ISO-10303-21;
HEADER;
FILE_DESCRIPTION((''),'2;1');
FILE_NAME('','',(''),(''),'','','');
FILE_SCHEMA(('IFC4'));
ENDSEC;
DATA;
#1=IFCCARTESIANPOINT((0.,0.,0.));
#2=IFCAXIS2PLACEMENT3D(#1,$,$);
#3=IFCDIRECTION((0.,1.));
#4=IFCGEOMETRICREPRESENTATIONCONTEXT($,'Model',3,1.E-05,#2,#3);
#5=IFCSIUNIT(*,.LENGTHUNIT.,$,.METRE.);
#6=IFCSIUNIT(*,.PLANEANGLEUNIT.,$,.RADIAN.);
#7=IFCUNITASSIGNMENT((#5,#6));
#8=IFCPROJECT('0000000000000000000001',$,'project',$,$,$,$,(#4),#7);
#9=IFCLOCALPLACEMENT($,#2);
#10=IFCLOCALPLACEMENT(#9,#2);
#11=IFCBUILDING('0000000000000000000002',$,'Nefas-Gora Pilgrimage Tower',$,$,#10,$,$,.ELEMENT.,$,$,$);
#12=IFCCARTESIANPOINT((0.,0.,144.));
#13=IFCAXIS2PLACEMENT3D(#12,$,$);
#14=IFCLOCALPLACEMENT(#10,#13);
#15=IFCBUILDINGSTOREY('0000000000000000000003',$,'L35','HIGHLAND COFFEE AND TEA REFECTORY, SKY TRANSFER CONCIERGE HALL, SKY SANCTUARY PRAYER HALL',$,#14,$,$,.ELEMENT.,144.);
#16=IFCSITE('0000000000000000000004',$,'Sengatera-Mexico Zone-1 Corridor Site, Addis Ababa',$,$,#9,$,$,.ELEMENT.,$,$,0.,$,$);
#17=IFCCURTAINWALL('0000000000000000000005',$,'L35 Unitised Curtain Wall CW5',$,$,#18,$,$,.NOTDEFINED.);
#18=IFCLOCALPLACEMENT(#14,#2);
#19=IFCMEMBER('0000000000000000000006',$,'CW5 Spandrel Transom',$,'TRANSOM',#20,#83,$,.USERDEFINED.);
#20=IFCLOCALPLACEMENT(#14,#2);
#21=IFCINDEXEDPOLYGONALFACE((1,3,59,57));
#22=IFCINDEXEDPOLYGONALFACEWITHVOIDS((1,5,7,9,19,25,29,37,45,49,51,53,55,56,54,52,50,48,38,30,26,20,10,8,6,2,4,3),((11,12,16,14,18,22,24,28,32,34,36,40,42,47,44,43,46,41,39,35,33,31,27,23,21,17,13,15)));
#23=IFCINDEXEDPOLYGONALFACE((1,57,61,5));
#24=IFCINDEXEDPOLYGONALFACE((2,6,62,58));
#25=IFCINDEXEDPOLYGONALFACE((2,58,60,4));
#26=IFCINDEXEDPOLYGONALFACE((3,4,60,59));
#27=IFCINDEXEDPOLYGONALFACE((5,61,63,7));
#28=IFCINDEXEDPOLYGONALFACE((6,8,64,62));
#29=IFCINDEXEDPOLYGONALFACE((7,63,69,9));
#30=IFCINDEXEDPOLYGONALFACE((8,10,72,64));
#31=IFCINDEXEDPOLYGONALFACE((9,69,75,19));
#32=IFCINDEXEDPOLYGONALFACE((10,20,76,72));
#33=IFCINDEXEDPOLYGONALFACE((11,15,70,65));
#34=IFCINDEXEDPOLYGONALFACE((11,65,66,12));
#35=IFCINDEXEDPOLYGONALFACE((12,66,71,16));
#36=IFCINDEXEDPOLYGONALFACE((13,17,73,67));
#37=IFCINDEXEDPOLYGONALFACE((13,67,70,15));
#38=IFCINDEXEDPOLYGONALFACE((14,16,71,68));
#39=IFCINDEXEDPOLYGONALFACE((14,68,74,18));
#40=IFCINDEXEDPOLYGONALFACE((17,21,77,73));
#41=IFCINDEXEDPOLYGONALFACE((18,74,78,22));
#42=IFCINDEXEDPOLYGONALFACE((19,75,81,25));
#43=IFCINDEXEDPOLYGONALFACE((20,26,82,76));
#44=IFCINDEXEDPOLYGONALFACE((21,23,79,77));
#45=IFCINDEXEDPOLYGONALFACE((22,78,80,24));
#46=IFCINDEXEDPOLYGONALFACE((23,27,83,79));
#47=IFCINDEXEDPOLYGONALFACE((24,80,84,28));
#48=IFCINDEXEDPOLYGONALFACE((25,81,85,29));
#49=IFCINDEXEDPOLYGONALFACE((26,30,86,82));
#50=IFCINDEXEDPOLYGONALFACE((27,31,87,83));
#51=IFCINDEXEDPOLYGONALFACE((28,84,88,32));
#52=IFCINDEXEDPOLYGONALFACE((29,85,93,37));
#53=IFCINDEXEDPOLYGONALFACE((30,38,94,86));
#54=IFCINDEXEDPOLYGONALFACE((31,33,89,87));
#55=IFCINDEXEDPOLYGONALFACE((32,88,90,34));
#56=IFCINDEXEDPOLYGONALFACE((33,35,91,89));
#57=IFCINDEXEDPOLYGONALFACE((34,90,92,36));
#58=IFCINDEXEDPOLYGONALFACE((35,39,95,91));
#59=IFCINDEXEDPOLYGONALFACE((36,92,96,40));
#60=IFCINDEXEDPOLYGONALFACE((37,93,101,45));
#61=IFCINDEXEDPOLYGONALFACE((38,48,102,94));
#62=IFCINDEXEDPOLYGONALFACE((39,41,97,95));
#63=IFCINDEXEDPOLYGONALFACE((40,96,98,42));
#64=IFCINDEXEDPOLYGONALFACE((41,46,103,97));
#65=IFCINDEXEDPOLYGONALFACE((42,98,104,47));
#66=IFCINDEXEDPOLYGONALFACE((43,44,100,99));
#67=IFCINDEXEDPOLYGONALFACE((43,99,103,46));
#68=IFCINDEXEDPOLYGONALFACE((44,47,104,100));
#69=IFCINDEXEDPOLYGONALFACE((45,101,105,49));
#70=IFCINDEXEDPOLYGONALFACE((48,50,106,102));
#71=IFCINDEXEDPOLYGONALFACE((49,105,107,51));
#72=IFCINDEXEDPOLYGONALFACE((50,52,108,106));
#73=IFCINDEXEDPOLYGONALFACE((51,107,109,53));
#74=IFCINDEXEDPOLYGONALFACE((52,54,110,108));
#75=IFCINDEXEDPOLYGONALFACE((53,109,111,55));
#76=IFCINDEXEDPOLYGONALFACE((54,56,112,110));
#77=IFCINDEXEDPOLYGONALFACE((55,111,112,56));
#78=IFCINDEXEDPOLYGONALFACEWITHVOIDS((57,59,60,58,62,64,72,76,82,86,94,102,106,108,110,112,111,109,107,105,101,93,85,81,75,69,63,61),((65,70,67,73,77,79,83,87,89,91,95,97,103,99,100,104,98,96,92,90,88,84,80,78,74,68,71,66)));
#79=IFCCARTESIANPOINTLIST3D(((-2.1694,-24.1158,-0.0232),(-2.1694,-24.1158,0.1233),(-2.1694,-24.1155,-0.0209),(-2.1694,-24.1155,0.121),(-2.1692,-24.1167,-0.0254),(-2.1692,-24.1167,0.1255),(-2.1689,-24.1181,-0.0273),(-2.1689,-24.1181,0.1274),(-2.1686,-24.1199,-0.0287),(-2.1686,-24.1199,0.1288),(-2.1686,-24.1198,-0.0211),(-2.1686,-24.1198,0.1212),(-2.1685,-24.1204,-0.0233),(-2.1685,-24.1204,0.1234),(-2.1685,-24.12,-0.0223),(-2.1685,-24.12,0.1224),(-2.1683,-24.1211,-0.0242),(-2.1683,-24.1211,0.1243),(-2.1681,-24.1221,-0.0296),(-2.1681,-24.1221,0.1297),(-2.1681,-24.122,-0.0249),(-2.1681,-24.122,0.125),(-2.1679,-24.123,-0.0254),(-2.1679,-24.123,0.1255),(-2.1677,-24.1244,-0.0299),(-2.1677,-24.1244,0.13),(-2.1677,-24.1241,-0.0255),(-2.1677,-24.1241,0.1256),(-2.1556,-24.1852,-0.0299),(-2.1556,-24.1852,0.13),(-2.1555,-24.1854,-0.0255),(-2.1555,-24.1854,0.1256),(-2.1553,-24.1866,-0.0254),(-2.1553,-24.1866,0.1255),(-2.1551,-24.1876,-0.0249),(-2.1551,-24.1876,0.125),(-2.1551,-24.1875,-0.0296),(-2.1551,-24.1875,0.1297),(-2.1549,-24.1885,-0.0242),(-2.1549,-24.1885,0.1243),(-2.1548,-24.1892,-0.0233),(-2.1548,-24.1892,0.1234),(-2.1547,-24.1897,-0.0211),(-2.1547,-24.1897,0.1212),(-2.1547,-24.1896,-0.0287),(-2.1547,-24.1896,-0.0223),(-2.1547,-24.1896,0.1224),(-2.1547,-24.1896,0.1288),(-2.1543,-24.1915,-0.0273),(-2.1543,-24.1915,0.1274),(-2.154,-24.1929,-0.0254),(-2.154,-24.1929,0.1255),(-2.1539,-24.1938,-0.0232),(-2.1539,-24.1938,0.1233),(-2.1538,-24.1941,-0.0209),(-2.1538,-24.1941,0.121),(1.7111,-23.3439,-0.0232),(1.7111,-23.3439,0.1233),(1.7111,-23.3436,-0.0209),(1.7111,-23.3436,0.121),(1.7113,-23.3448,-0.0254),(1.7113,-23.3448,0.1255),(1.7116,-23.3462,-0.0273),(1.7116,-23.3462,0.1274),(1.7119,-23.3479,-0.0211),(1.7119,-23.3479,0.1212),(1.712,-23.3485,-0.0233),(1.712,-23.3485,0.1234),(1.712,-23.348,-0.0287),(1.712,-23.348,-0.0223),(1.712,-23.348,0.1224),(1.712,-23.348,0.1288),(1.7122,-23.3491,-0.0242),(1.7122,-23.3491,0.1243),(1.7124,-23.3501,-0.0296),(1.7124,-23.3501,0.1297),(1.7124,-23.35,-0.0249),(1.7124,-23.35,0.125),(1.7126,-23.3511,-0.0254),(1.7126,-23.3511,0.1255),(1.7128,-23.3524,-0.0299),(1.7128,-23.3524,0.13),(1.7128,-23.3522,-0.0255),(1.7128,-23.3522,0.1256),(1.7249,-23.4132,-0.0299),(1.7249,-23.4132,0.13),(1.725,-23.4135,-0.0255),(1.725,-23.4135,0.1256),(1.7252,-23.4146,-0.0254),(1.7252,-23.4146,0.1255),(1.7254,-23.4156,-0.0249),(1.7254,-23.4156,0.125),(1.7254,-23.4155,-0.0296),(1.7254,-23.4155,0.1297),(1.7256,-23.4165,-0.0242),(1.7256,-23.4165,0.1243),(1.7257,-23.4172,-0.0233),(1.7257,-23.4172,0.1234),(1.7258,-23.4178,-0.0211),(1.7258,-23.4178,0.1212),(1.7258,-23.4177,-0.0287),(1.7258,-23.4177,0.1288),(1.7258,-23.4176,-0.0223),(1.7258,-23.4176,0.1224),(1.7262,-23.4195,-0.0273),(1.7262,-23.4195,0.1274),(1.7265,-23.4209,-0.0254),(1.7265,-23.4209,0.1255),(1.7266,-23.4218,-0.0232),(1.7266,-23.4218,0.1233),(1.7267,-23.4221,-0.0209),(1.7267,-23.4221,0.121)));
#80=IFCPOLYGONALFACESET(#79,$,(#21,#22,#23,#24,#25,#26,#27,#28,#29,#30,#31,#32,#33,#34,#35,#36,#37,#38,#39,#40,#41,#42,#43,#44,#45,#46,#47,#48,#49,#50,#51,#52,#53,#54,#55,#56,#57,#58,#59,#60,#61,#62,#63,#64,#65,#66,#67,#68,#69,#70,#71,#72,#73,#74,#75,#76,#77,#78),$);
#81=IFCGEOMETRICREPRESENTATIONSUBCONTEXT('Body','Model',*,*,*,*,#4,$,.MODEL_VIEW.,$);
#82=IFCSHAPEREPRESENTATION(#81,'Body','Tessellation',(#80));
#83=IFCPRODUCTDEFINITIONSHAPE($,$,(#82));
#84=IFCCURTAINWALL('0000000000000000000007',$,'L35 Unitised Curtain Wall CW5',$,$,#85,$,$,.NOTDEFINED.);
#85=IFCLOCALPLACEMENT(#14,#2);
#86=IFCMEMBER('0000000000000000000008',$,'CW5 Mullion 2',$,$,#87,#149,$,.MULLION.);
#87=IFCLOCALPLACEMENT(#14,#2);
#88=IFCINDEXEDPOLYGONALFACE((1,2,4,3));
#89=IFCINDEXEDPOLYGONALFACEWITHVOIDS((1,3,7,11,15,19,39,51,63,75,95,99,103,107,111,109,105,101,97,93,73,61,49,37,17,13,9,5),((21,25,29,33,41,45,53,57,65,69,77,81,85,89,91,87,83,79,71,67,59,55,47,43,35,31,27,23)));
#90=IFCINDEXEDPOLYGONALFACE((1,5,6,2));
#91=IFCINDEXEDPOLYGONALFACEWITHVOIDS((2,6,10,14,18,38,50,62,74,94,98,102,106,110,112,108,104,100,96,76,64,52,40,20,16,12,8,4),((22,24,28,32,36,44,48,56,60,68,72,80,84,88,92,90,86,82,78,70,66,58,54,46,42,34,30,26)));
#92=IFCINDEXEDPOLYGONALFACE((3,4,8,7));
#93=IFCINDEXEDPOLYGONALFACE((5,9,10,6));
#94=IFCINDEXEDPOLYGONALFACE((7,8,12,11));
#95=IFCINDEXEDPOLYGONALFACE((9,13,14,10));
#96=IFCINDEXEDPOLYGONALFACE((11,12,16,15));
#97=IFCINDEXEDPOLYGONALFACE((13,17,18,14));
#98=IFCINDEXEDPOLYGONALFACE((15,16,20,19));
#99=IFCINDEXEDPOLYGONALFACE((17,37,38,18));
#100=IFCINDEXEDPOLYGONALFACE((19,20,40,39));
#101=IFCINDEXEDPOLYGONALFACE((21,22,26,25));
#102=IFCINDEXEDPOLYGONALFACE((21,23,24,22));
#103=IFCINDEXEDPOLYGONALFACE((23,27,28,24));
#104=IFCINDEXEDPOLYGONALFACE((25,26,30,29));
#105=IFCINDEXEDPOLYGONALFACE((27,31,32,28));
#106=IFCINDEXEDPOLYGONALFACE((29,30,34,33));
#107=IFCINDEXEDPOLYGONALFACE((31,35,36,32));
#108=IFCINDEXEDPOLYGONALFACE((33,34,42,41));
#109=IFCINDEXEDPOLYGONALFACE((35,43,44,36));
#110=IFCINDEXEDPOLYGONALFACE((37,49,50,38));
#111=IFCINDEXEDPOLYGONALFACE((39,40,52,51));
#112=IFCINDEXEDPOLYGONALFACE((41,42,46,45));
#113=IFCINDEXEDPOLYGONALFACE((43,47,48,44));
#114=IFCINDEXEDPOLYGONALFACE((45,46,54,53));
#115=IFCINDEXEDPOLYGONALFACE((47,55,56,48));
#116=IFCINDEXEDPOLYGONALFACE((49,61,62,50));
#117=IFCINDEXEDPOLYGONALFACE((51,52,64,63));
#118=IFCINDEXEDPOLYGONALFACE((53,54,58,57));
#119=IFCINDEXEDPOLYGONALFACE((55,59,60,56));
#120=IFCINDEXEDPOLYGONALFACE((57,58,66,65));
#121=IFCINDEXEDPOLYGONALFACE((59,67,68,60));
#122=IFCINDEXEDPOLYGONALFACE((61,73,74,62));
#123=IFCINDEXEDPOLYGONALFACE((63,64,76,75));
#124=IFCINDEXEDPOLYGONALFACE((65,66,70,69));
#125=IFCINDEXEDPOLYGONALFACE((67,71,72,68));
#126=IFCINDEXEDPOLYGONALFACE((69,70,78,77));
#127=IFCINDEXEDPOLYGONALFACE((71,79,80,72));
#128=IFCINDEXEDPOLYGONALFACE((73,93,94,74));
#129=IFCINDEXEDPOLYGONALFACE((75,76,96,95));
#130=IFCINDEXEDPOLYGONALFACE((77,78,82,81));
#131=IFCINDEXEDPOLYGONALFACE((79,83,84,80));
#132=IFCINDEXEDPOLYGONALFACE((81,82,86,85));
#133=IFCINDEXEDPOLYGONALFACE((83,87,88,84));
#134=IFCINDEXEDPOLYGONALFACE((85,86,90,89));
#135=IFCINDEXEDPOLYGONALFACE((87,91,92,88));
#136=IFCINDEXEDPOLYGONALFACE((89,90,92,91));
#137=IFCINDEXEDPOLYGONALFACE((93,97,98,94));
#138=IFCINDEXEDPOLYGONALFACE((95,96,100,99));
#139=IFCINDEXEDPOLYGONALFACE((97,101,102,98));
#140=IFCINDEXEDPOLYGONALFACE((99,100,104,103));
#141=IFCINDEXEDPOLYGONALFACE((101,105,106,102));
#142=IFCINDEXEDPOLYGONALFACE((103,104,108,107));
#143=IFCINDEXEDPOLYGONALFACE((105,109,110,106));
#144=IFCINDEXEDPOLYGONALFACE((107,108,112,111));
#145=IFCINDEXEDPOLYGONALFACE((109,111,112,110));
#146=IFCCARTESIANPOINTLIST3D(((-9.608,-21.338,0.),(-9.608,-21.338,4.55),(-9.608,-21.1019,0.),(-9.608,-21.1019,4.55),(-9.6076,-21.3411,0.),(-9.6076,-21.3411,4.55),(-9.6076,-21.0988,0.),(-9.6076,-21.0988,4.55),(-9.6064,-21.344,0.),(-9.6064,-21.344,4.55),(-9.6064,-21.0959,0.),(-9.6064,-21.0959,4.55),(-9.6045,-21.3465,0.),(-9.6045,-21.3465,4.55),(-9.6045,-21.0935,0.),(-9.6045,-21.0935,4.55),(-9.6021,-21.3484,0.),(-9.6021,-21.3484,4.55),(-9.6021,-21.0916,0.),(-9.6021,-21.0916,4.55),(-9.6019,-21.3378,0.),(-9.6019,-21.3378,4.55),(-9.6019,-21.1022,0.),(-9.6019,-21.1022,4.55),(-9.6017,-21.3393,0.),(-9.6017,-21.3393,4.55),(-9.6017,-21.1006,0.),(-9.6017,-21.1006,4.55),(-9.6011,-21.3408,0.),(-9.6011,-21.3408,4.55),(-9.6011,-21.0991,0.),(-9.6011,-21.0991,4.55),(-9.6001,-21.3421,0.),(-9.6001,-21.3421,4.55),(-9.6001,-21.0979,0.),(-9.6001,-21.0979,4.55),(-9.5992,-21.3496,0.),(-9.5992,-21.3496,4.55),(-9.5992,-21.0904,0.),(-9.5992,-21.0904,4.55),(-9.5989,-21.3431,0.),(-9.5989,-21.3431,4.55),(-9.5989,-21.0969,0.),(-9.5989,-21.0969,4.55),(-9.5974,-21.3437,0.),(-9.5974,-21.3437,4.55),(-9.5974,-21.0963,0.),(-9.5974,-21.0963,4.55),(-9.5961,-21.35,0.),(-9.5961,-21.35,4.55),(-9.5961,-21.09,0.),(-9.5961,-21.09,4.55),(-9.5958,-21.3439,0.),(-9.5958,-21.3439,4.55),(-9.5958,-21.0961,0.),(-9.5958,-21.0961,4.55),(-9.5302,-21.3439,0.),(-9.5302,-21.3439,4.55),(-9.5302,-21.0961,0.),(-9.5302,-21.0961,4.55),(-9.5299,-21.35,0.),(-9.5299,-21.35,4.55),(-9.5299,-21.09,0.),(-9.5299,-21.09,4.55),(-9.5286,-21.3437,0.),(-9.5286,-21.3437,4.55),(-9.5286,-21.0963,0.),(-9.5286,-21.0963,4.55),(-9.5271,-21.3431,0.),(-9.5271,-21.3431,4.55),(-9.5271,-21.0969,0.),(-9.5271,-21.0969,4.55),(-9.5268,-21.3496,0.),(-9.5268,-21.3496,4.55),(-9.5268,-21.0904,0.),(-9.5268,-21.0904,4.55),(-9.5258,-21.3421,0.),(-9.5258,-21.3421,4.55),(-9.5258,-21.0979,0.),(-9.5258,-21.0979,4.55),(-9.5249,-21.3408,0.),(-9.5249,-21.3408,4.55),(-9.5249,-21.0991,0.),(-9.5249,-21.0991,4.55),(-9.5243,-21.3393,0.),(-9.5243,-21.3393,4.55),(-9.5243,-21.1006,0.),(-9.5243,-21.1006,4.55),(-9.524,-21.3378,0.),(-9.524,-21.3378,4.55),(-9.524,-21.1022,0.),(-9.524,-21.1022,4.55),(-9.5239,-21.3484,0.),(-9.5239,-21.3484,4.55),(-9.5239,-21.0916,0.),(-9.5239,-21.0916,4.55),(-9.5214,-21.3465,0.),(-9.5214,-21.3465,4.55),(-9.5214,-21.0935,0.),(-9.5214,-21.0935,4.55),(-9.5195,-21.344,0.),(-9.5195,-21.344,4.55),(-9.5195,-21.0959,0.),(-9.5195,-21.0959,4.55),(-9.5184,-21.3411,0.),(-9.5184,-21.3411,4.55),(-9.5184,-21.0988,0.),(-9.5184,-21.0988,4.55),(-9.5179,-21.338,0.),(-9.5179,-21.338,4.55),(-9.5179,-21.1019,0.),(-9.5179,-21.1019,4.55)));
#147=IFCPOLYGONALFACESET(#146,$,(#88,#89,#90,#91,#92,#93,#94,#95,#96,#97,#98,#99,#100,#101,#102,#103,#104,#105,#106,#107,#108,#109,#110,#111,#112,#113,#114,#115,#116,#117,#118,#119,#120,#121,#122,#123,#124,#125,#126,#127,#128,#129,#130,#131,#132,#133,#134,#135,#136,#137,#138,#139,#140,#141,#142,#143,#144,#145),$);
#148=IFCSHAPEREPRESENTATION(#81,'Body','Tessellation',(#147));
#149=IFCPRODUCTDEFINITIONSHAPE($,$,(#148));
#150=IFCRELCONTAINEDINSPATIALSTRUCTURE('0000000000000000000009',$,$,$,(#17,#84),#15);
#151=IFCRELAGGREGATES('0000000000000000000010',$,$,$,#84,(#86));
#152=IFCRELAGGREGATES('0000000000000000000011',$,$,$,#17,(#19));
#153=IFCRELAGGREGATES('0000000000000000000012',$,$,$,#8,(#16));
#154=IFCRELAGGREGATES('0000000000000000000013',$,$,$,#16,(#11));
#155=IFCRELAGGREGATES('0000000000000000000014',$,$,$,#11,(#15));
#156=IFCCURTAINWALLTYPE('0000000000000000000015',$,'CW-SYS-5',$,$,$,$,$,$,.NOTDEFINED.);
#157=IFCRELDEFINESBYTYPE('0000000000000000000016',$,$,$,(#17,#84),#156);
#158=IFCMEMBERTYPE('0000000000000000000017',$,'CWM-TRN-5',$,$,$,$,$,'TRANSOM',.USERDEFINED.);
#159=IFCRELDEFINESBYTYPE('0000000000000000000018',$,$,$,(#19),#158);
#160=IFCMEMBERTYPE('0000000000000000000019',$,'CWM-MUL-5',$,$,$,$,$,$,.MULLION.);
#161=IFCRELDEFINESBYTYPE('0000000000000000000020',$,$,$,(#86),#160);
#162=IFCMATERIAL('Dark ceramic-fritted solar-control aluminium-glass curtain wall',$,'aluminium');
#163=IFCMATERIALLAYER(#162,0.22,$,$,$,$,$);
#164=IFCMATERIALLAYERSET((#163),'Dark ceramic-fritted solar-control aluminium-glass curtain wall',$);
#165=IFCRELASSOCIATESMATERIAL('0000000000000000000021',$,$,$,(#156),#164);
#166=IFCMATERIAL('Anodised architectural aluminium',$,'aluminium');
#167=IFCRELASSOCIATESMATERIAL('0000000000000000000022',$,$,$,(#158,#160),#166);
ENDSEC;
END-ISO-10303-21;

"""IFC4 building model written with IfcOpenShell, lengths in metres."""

from ifc_helpers import new_model, si_unit, direction, frame, origin, origin_2d, place, context, subcontext, project, spatial, hollow_rectangle, extrude, source, transform, mapped, material, layer, layer_set, material_profile, profile_set, type_object, element, aggregate, save


model = new_model("IFC4")

# Units and contexts
model_context = context("Model", 3, precision=1e-05, world=origin(), true_north=direction((0.0, 1.0)))
body_context = subcontext(model_context, "Body", "Model", "MODEL_VIEW")
ifc_project = project(units=[si_unit("LENGTHUNIT", "METRE"), si_unit("PLANEANGLEUNIT", "RADIAN")], contexts=[model_context])

# Site, building, storey
site_placement = place(None, origin())
site = spatial("IfcSite", under=ifc_project, at=site_placement, Name="Sengatera-Mexico Zone-1 Corridor Site, Addis Ababa", CompositionType="ELEMENT", RefElevation=0.0)
building_placement = place(site_placement, origin())
building = spatial("IfcBuilding", under=site, at=building_placement, Name="Nefas-Gora Pilgrimage Tower", CompositionType="ELEMENT")
storey_placement = place(building_placement, frame((0.0, 0.0, 144.0)))
storey = spatial("IfcBuildingStorey", under=building, at=storey_placement, Name="L35", Description="HIGHLAND COFFEE AND TEA REFECTORY, SKY TRANSFER CONCIERGE HALL, SKY SANCTUARY PRAYER HALL", CompositionType="ELEMENT", Elevation=144.0)

# Curtain walls, members
ifc_material_1 = material(Name="Dark ceramic-fritted solar-control aluminium-glass curtain wall", Category="aluminium")
ifc_layer_1 = layer(ifc_material_1, 0.22)
ifc_layer_set_1 = layer_set([ifc_layer_1], Name="Dark ceramic-fritted solar-control aluminium-glass curtain wall")
curtain_wall_type = type_object("IfcCurtainWallType", Name="CW-SYS-5", PredefinedType="NOTDEFINED", material=ifc_layer_set_1)
ifc_material_2 = material(Name="Anodised architectural aluminium", Category="aluminium")
ifc_material_profile_1 = material_profile(ifc_material_2, hollow_rectangle(XDim=0.0801, YDim=0.1599, WallThickness=0.0044, InnerFilletRadius=0.0044, OuterFilletRadius=0.009, at=origin_2d()), Name="ALU TRANSOM 80x160")
ifc_profile_set_1 = profile_set([ifc_material_profile_1], Name="Anodised architectural aluminium")
member_type_1 = type_object("IfcMemberType", Name="CWM-TRN-5", ElementType="TRANSOM", PredefinedType="USERDEFINED", material=ifc_profile_set_1)
shared_shape_1 = source(origin(), body_context, "Body", "SweptSolid", [
    extrude(hollow_rectangle(XDim=0.0801, YDim=0.1599, WallThickness=0.0044, InnerFilletRadius=0.0044, OuterFilletRadius=0.009, at=origin_2d()), origin(), (0.0, 0.0, 1.0), 3.9565),
])
curtain_wall_1_placement = place(storey_placement, origin())
curtain_wall_1 = element("IfcCurtainWall", 1, at=curtain_wall_1_placement, inside=storey, type_object=curtain_wall_type, Name="L35 Unitised Curtain Wall CW5", PredefinedType="NOTDEFINED")
member_1_placement = place(storey_placement, frame((-2.1616, -24.1548, 0.05), z_axis=(0.980782, 0.195107, 0.0), x_axis=(-0.195107, 0.980782, 0.0)))
member_1 = element("IfcMember", 2, at=member_1_placement, type_object=member_type_1, Name="CW5 Spandrel Transom", ObjectType="TRANSOM", PredefinedType="USERDEFINED", context=body_context, shape_type="MappedRepresentation", body=[
    mapped(shared_shape_1, transform((0.0, 0.0, 0.0), x_axis=(1.0, 0.0, 0.0), y_axis=(0.0, 1.0, 0.0), z_axis=(0.0, 0.0, 1.0), scale=1.0)),
])
curtain_wall_2_placement = place(storey_placement, origin())
curtain_wall_2 = element("IfcCurtainWall", 3, at=curtain_wall_2_placement, inside=storey, type_object=curtain_wall_type, Name="L35 Unitised Curtain Wall CW5", PredefinedType="NOTDEFINED")
ifc_material_profile_2 = material_profile(ifc_material_2, hollow_rectangle(XDim=0.0901, YDim=0.26, WallThickness=0.0061, InnerFilletRadius=0.0061, OuterFilletRadius=0.012, at=origin_2d()), Name="ALU MULLION 90x260")
ifc_profile_set_2 = profile_set([ifc_material_profile_2], Name="Anodised architectural aluminium")
member_type_2 = type_object("IfcMemberType", Name="CWM-MUL-5", PredefinedType="MULLION", material=ifc_profile_set_2)
shared_shape_2 = source(origin(), body_context, "Body", "SweptSolid", [
    extrude(hollow_rectangle(XDim=0.0901, YDim=0.26, WallThickness=0.0061, InnerFilletRadius=0.0061, OuterFilletRadius=0.012, at=origin_2d()), origin(), (0.0, 0.0, 1.0), 4.55),
])
member_2_placement = place(storey_placement, frame((-9.563, -21.22, 0.0), z_axis=(0.0, 0.0, 1.0), x_axis=(1.0, 0.0, 0.0)))
member_2 = element("IfcMember", 4, at=member_2_placement, type_object=member_type_2, Name="CW5 Mullion 2", PredefinedType="MULLION", context=body_context, shape_type="MappedRepresentation", body=[
    mapped(shared_shape_2, transform((0.0, 0.0, 0.0), x_axis=(1.0, 0.0, 0.0), y_axis=(0.0, 1.0, 0.0), z_axis=(0.0, 0.0, 1.0), scale=1.0)),
])
aggregate(curtain_wall_2, [member_2])

aggregate(curtain_wall_1, [member_1])

save(model, "model.ifc")
